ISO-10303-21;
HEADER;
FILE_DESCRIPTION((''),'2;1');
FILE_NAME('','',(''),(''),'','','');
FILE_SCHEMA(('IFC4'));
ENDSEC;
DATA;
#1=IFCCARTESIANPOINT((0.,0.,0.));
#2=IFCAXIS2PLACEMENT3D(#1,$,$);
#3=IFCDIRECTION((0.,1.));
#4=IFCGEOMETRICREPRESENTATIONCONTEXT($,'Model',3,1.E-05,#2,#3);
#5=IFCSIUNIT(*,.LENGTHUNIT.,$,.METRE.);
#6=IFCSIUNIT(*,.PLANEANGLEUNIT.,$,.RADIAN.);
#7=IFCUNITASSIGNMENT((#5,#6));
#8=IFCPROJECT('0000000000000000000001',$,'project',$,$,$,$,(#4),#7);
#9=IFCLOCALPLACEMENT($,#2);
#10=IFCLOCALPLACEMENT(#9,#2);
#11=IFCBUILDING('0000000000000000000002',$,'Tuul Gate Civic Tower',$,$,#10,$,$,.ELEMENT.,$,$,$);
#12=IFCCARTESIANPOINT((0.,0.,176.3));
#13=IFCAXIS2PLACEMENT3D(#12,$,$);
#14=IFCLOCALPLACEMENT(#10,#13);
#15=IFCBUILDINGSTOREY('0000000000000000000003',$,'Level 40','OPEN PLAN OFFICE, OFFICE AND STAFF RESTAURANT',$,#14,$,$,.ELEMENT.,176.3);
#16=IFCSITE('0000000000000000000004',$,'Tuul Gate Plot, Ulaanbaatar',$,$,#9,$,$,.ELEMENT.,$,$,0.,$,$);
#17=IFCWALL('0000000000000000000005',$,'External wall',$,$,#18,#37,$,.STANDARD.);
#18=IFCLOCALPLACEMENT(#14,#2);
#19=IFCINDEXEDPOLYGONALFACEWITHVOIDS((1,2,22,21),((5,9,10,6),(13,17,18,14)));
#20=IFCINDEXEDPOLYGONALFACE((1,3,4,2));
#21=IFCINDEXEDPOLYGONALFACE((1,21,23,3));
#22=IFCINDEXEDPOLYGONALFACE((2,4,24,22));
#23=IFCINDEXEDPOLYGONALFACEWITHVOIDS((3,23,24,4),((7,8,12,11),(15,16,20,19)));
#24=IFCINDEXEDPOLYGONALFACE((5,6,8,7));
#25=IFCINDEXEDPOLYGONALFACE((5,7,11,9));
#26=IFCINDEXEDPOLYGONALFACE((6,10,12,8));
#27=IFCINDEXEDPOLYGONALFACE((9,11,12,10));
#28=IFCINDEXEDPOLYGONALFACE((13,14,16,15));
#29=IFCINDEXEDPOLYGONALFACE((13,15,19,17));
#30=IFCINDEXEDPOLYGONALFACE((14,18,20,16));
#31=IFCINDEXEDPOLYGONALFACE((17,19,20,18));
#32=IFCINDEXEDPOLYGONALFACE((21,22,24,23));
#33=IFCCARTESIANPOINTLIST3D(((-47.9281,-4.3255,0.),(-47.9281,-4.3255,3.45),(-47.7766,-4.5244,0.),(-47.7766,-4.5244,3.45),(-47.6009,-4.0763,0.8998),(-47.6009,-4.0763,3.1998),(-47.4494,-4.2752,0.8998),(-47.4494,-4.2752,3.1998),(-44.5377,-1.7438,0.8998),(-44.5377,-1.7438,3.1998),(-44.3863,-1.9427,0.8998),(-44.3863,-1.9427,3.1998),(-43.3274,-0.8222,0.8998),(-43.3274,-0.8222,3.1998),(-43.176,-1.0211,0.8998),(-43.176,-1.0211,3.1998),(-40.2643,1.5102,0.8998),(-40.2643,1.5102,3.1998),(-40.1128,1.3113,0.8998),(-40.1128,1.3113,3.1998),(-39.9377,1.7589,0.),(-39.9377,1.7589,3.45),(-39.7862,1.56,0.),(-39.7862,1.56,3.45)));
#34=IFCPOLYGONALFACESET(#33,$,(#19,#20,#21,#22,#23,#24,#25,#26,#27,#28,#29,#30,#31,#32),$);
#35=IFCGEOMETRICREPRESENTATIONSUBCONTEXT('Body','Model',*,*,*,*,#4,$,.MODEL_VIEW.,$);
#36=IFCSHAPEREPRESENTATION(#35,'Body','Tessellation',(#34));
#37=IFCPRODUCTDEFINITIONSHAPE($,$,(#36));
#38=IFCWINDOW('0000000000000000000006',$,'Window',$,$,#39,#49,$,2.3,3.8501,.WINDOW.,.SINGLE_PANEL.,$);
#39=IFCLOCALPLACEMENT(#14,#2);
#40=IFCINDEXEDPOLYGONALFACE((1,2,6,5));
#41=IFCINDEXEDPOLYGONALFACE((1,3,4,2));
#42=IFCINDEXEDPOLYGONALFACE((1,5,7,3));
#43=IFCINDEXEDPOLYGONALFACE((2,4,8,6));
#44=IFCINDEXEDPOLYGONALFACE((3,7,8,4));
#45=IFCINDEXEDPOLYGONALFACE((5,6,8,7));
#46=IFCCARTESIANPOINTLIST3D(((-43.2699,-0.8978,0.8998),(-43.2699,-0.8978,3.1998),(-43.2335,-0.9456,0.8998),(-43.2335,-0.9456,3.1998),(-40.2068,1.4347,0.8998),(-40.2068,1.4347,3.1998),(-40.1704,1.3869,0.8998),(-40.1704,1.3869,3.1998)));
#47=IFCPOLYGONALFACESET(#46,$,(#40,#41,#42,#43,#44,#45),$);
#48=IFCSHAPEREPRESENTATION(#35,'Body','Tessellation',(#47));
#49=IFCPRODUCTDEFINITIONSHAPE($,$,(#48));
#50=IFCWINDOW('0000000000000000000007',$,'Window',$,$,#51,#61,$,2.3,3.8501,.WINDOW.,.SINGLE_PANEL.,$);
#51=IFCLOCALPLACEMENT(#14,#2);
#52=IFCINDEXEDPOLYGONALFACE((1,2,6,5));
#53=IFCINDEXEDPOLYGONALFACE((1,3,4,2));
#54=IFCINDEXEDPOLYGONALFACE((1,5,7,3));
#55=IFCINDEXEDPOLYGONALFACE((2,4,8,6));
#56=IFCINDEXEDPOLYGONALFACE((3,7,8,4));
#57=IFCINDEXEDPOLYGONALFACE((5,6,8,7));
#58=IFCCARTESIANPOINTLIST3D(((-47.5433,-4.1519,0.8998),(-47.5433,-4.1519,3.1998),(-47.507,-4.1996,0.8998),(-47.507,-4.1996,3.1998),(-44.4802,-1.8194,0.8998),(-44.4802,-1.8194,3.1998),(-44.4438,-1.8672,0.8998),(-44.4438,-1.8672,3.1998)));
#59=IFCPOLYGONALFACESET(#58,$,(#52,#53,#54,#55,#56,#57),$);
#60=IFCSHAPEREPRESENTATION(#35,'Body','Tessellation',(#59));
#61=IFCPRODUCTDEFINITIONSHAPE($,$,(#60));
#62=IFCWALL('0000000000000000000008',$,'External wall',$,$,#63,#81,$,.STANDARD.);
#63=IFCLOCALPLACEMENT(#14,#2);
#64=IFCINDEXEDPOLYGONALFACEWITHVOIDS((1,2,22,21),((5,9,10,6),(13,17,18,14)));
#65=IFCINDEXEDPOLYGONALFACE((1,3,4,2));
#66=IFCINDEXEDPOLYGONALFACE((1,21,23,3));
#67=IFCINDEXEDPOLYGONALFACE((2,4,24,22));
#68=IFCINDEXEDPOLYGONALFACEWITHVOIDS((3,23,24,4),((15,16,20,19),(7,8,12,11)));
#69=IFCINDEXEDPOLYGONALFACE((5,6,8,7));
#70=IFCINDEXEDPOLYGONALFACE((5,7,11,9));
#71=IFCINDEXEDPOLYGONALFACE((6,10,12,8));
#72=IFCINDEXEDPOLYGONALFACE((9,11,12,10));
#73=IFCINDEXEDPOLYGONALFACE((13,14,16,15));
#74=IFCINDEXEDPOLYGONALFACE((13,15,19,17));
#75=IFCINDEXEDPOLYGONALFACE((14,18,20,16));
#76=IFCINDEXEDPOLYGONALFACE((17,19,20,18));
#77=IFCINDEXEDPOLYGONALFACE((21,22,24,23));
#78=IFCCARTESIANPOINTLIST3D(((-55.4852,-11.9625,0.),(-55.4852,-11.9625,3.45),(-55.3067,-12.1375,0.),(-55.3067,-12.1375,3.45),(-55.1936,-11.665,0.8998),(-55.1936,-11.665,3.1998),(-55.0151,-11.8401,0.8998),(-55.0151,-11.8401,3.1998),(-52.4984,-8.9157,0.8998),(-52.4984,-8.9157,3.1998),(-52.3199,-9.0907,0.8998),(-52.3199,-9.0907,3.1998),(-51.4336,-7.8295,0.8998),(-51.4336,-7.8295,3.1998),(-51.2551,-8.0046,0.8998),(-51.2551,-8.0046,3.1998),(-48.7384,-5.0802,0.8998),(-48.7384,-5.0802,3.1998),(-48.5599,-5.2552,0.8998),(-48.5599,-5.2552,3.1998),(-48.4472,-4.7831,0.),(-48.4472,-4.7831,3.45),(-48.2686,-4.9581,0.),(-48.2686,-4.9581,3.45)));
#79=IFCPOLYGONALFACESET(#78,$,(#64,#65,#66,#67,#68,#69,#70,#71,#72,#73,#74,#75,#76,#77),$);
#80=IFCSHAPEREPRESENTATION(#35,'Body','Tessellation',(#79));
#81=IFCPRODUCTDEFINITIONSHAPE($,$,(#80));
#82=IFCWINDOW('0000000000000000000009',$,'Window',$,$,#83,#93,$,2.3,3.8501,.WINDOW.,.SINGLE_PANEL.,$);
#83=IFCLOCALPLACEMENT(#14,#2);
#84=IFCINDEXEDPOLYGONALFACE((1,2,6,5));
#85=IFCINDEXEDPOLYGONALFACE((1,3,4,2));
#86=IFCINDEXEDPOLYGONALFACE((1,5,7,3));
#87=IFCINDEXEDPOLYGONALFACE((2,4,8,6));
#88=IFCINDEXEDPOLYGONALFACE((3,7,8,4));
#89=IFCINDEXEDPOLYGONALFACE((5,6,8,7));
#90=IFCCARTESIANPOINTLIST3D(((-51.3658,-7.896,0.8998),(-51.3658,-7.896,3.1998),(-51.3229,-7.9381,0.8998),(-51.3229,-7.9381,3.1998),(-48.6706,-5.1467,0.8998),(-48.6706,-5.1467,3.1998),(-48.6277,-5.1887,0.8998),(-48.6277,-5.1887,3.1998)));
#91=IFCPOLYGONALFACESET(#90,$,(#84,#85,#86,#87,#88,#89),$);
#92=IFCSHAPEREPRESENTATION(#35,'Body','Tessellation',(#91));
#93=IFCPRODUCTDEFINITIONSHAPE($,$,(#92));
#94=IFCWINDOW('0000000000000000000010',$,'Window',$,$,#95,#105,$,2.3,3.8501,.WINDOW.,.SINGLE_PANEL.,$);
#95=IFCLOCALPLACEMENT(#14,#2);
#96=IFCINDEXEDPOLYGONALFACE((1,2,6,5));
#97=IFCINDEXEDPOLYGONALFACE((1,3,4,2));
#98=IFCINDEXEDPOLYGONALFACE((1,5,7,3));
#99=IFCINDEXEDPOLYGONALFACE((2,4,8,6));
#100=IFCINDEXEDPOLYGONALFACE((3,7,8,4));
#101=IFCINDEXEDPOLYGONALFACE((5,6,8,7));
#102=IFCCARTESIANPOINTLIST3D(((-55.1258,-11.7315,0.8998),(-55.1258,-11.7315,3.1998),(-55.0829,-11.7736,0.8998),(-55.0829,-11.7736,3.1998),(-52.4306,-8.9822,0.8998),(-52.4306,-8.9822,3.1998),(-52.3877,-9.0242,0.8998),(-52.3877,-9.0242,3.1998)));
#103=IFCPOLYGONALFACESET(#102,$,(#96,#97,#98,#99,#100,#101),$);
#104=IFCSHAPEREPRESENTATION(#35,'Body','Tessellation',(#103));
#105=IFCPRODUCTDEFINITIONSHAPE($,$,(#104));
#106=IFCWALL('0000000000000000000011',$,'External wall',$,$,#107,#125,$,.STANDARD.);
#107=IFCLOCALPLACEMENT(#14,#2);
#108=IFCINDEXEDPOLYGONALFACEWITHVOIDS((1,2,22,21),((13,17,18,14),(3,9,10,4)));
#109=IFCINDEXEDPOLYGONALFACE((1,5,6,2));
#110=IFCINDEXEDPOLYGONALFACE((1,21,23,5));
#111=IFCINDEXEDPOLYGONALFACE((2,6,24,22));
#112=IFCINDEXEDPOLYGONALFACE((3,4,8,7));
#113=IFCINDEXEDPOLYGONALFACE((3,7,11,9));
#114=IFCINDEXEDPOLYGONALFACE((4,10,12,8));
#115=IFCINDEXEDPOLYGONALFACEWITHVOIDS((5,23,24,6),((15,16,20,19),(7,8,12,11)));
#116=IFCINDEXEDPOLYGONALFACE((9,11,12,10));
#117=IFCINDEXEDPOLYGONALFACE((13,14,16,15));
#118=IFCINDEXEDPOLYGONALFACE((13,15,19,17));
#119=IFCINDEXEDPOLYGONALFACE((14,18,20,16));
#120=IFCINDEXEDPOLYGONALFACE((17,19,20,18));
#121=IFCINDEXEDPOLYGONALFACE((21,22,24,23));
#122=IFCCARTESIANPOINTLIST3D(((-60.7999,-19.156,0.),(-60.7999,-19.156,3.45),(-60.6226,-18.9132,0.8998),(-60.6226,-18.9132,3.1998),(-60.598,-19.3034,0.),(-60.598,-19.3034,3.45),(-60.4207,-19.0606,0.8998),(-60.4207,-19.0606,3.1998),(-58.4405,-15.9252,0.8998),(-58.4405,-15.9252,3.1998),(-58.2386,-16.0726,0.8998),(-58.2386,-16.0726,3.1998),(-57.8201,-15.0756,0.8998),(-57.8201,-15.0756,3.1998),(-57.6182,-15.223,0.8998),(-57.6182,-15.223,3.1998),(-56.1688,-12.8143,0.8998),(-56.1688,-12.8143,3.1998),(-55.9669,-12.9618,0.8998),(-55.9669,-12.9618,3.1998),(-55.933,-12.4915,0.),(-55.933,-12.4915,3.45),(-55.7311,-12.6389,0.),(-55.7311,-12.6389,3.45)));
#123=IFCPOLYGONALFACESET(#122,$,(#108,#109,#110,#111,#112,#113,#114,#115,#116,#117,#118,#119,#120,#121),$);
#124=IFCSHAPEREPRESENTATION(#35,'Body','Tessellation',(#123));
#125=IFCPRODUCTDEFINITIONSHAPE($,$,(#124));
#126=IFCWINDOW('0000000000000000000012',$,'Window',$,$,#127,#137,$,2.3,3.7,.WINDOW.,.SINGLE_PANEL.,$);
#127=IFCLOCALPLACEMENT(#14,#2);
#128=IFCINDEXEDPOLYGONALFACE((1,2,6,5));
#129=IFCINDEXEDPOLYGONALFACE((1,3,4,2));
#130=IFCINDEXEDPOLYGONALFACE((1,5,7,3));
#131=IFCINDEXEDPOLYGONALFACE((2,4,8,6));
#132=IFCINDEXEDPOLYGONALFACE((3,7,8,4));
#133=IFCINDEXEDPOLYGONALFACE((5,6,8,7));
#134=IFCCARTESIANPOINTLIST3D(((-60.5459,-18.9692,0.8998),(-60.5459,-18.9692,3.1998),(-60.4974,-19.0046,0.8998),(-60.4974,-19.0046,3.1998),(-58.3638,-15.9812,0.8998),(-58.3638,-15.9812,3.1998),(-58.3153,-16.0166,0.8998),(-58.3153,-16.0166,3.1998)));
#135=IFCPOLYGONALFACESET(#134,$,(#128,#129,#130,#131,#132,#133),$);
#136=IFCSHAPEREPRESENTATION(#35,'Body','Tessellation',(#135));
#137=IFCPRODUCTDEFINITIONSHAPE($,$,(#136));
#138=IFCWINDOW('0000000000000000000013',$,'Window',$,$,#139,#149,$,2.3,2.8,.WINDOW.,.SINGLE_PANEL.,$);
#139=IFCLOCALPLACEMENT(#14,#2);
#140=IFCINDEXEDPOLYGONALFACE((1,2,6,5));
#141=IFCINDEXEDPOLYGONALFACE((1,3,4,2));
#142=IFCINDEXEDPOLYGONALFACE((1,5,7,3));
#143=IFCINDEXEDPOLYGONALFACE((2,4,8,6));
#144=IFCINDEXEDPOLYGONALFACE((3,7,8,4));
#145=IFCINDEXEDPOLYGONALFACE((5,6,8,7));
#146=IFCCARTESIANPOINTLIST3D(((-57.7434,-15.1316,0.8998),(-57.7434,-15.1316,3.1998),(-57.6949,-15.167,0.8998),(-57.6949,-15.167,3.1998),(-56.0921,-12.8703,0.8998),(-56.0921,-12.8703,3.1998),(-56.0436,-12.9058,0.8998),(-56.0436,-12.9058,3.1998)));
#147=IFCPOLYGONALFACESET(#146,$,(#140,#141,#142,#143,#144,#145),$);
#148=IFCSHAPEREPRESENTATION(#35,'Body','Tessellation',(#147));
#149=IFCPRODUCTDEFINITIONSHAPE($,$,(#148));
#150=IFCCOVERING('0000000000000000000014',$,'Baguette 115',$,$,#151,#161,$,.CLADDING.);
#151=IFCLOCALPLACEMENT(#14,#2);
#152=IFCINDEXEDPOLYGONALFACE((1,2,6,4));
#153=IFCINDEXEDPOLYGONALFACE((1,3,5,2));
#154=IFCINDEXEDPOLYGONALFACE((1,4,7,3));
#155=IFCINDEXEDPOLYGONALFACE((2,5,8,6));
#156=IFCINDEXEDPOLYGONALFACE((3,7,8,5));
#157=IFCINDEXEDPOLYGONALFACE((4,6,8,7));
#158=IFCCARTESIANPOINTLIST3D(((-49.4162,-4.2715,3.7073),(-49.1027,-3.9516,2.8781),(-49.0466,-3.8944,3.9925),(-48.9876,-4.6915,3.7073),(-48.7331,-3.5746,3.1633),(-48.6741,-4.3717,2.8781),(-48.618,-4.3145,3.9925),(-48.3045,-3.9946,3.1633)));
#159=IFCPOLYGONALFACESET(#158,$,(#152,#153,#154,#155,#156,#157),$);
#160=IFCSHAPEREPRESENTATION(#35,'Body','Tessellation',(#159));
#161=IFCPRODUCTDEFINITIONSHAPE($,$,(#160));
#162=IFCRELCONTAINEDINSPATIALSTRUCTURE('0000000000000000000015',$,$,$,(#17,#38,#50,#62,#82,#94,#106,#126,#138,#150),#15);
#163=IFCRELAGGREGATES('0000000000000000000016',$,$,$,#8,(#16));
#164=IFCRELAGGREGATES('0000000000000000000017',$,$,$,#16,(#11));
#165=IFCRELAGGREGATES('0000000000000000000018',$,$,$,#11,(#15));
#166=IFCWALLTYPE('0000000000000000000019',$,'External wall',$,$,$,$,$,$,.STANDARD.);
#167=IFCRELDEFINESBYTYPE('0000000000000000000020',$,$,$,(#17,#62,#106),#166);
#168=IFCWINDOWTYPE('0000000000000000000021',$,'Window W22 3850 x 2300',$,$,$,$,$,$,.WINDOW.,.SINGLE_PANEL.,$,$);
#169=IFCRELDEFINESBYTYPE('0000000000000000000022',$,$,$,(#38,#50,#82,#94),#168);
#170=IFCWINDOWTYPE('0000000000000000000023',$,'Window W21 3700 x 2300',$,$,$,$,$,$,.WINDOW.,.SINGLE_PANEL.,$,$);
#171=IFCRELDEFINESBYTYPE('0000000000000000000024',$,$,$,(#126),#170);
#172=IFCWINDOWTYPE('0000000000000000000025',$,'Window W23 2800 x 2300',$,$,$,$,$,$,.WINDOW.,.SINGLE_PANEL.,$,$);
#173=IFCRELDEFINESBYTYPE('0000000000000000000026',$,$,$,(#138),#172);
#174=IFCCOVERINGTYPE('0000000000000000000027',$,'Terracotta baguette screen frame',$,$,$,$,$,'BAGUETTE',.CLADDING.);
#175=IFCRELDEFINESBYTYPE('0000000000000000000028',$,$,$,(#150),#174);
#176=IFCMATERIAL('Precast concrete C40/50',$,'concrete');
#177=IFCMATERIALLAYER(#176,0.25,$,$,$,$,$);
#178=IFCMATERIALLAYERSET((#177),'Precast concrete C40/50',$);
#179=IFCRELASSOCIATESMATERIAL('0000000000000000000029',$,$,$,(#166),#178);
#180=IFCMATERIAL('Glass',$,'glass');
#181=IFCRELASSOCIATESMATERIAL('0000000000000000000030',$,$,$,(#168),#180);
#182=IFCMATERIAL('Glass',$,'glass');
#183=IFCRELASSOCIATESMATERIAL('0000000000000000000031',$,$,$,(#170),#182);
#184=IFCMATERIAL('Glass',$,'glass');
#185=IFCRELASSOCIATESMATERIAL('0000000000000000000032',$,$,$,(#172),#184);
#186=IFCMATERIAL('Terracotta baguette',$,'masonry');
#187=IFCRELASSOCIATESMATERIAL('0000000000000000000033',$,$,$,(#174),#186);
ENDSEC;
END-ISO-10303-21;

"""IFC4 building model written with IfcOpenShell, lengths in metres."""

from ifc_helpers import new_model, si_unit, direction, frame, frame_2d, origin, origin_2d, place, context, subcontext, project, spatial, rectangle, extrude, material, layer, layer_set, material_profile, profile_set, type_object, element, fill, save


model = new_model("IFC4")

# Units and contexts
model_context = context("Model", 3, precision=1e-05, world=origin(), true_north=direction((0.0, 1.0)))
body_context = subcontext(model_context, "Body", "Model", "MODEL_VIEW")
ifc_project = project(units=[si_unit("LENGTHUNIT", "METRE"), si_unit("PLANEANGLEUNIT", "RADIAN")], contexts=[model_context])

# Site, building, storey
site_placement = place(None, origin())
site = spatial("IfcSite", under=ifc_project, at=site_placement, Name="Tuul Gate Plot, Ulaanbaatar", CompositionType="ELEMENT", RefElevation=0.0)
building_placement = place(site_placement, origin())
building = spatial("IfcBuilding", under=site, at=building_placement, Name="Tuul Gate Civic Tower", CompositionType="ELEMENT")
storey_placement = place(building_placement, frame((0.0, 0.0, 176.3)))
storey = spatial("IfcBuildingStorey", under=building, at=storey_placement, Name="Level 40", Description="OPEN PLAN OFFICE, OFFICE AND STAFF RESTAURANT", CompositionType="ELEMENT", Elevation=176.3)

# Walls, openings, windows
ifc_material_1 = material(Name="Precast concrete C40/50", Category="concrete")
ifc_layer_1 = layer(ifc_material_1, 0.25)
ifc_layer_set_1 = layer_set([ifc_layer_1], Name="Precast concrete C40/50")
wall_type_1 = type_object("IfcWallType", Name="External wall", PredefinedType="STANDARD", material=ifc_layer_set_1)
wall_1_placement = place(storey_placement, frame((-39.8621, 1.6594, 0.0), z_axis=(0.0, 0.0, 1.0), x_axis=(-0.7956, -0.605822, 0.0)))
wall_1 = element("IfcWall", 1, at=wall_1_placement, inside=storey, type_object=wall_type_1, Name="External wall", PredefinedType="STANDARD", context=body_context, shape_type="SweptSolid", body=[
    extrude(rectangle(XDim=10.0432, YDim=0.25, at=frame_2d((5.0215, 0.0))), origin(), (0.0, 0.0, 1.0), 3.45),
])
opening_1_placement = place(wall_1_placement, frame((0.4104, 0.0, 0.8999)))
opening_1 = element("IfcOpeningElement", 2, at=opening_1_placement, cuts=wall_1, PredefinedType="OPENING", context=body_context, shape_type="SweptSolid", body=[
    extrude(rectangle(XDim=3.8501, YDim=2.3, at=frame_2d((1.925, 1.1499))), frame((0.0, 0.135, 0.0), z_axis=(0.0, -1.0, 0.0), x_axis=(1.0, 0.0, 0.0)), (0.0, 0.0, 1.0), 0.27),
])
opening_2_placement = place(wall_1_placement, frame((5.7817, 0.0, 0.8999)))
opening_2 = element("IfcOpeningElement", 3, at=opening_2_placement, cuts=wall_1, PredefinedType="OPENING", context=body_context, shape_type="SweptSolid", body=[
    extrude(rectangle(XDim=3.8501, YDim=2.3, at=frame_2d((1.925, 1.1499))), frame((0.0, 0.135, 0.0), z_axis=(0.0, -1.0, 0.0), x_axis=(1.0, 0.0, 0.0)), (0.0, 0.0, 1.0), 0.27),
])
ifc_material_2 = material(Name="Glass", Category="glass")
window_type_1 = type_object("IfcWindowType", Name="Window W22 3850 x 2300", PartitioningType="SINGLE_PANEL", PredefinedType="WINDOW", material=ifc_material_2)
window_1_placement = place(opening_1_placement, origin())
window_1 = element("IfcWindow", 4, at=window_1_placement, inside=storey, type_object=window_type_1, Name="Window", OverallHeight=2.3, OverallWidth=3.8501, PartitioningType="SINGLE_PANEL", PredefinedType="WINDOW", context=body_context, shape_type="SweptSolid", body=[
    extrude(rectangle(XDim=3.8501, YDim=2.3, at=frame_2d((1.925, 1.1499))), frame((0.0, 0.03, 0.0), z_axis=(0.0, -1.0, 0.0), x_axis=(1.0, 0.0, 0.0)), (0.0, 0.0, 1.0), 0.0601),
])
fill(opening_1, window_1)
window_2_placement = place(opening_2_placement, origin())
window_2 = element("IfcWindow", 5, at=window_2_placement, inside=storey, type_object=window_type_1, Name="Window", OverallHeight=2.3, OverallWidth=3.8501, PartitioningType="SINGLE_PANEL", PredefinedType="WINDOW", context=body_context, shape_type="SweptSolid", body=[
    extrude(rectangle(XDim=3.8501, YDim=2.3, at=frame_2d((1.925, 1.1499))), frame((0.0, 0.03, 0.0), z_axis=(0.0, -1.0, 0.0), x_axis=(1.0, 0.0, 0.0)), (0.0, 0.0, 1.0), 0.0601),
])
fill(opening_2, window_2)
wall_2_placement = place(storey_placement, frame((-48.3579, -4.8706, 0.0), z_axis=(0.0, 0.0, 1.0), x_axis=(-0.700042, -0.714102, 0.0)))
wall_2 = element("IfcWall", 6, at=wall_2_placement, inside=storey, type_object=wall_type_1, Name="External wall", PredefinedType="STANDARD", context=body_context, shape_type="SweptSolid", body=[
    extrude(rectangle(XDim=10.0537, YDim=0.25, at=frame_2d((5.0269, 0.0))), origin(), (0.0, 0.0, 1.0), 3.45),
])
opening_3_placement = place(wall_2_placement, frame((0.416, 0.0, 0.8999)))
opening_3 = element("IfcOpeningElement", 7, at=opening_3_placement, cuts=wall_2, PredefinedType="OPENING", context=body_context, shape_type="SweptSolid", body=[
    extrude(rectangle(XDim=3.8501, YDim=2.3, at=frame_2d((1.925, 1.1499))), frame((0.0, 0.135, 0.0), z_axis=(0.0, -1.0, 0.0), x_axis=(1.0, 0.0, 0.0)), (0.0, 0.0, 1.0), 0.27),
])
opening_4_placement = place(wall_2_placement, frame((5.7871, 0.0, 0.8999)))
opening_4 = element("IfcOpeningElement", 8, at=opening_4_placement, cuts=wall_2, PredefinedType="OPENING", context=body_context, shape_type="SweptSolid", body=[
    extrude(rectangle(XDim=3.8501, YDim=2.3, at=frame_2d((1.925, 1.1499))), frame((0.0, 0.135, 0.0), z_axis=(0.0, -1.0, 0.0), x_axis=(1.0, 0.0, 0.0)), (0.0, 0.0, 1.0), 0.27),
])
window_3_placement = place(opening_3_placement, origin())
window_3 = element("IfcWindow", 9, at=window_3_placement, inside=storey, type_object=window_type_1, Name="Window", OverallHeight=2.3, OverallWidth=3.8501, PartitioningType="SINGLE_PANEL", PredefinedType="WINDOW", context=body_context, shape_type="SweptSolid", body=[
    extrude(rectangle(XDim=3.8501, YDim=2.3, at=frame_2d((1.925, 1.1499))), frame((0.0, 0.03, 0.0), z_axis=(0.0, -1.0, 0.0), x_axis=(1.0, 0.0, 0.0)), (0.0, 0.0, 1.0), 0.0601),
])
fill(opening_3, window_3)
window_4_placement = place(opening_4_placement, origin())
window_4 = element("IfcWindow", 10, at=window_4_placement, inside=storey, type_object=window_type_1, Name="Window", OverallHeight=2.3, OverallWidth=3.8501, PartitioningType="SINGLE_PANEL", PredefinedType="WINDOW", context=body_context, shape_type="SweptSolid", body=[
    extrude(rectangle(XDim=3.8501, YDim=2.3, at=frame_2d((1.925, 1.1499))), frame((0.0, 0.03, 0.0), z_axis=(0.0, -1.0, 0.0), x_axis=(1.0, 0.0, 0.0)), (0.0, 0.0, 1.0), 0.0601),
])
fill(opening_4, window_4)
wall_3_placement = place(storey_placement, frame((-55.832, -12.5652, 0.0), z_axis=(0.0, 0.0, 1.0), x_axis=(-0.589755, -0.807582, 0.0)))
wall_3 = element("IfcWall", 11, at=wall_3_placement, inside=storey, type_object=wall_type_1, Name="External wall", PredefinedType="STANDARD", context=body_context, shape_type="SweptSolid", body=[
    extrude(rectangle(XDim=8.2524, YDim=0.25, at=frame_2d((4.1262, 0.0))), origin(), (0.0, 0.0, 1.0), 3.45),
])
opening_5_placement = place(wall_3_placement, frame((0.3999, 0.0, 0.8999)))
opening_5 = element("IfcOpeningElement", 12, at=opening_5_placement, cuts=wall_3, PredefinedType="OPENING", context=body_context, shape_type="SweptSolid", body=[
    extrude(rectangle(XDim=2.8, YDim=2.3, at=frame_2d((1.3999, 1.1499))), frame((0.0, 0.135, 0.0), z_axis=(0.0, -1.0, 0.0), x_axis=(1.0, 0.0, 0.0)), (0.0, 0.0, 1.0), 0.27),
])
opening_6_placement = place(wall_3_placement, frame((4.2517, 0.0, 0.8999)))
opening_6 = element("IfcOpeningElement", 13, at=opening_6_placement, cuts=wall_3, PredefinedType="OPENING", context=body_context, shape_type="SweptSolid", body=[
    extrude(rectangle(XDim=3.7, YDim=2.3, at=frame_2d((1.8501, 1.1499))), frame((0.0, 0.135, 0.0), z_axis=(0.0, -1.0, 0.0), x_axis=(1.0, 0.0, 0.0)), (0.0, 0.0, 1.0), 0.27),
])
ifc_material_3 = material(Name="Glass", Category="glass")
window_type_2 = type_object("IfcWindowType", Name="Window W21 3700 x 2300", PartitioningType="SINGLE_PANEL", PredefinedType="WINDOW", material=ifc_material_3)
window_5_placement = place(opening_6_placement, origin())
window_5 = element("IfcWindow", 14, at=window_5_placement, inside=storey, type_object=window_type_2, Name="Window", OverallHeight=2.3, OverallWidth=3.7, PartitioningType="SINGLE_PANEL", PredefinedType="WINDOW", context=body_context, shape_type="SweptSolid", body=[
    extrude(rectangle(XDim=3.7, YDim=2.3, at=frame_2d((1.8501, 1.1499))), frame((0.0, 0.03, 0.0), z_axis=(0.0, -1.0, 0.0), x_axis=(1.0, 0.0, 0.0)), (0.0, 0.0, 1.0), 0.0601),
])
fill(opening_6, window_5)
ifc_material_4 = material(Name="Glass", Category="glass")
window_type_3 = type_object("IfcWindowType", Name="Window W23 2800 x 2300", PartitioningType="SINGLE_PANEL", PredefinedType="WINDOW", material=ifc_material_4)
window_6_placement = place(opening_5_placement, origin())
window_6 = element("IfcWindow", 15, at=window_6_placement, inside=storey, type_object=window_type_3, Name="Window", OverallHeight=2.3, OverallWidth=2.8, PartitioningType="SINGLE_PANEL", PredefinedType="WINDOW", context=body_context, shape_type="SweptSolid", body=[
    extrude(rectangle(XDim=2.8, YDim=2.3, at=frame_2d((1.3999, 1.1499))), frame((0.0, 0.03, 0.0), z_axis=(0.0, -1.0, 0.0), x_axis=(1.0, 0.0, 0.0)), (0.0, 0.0, 1.0), 0.0601),
])
fill(opening_5, window_6)

# Covering
ifc_material_5 = material(Name="Terracotta baguette", Category="masonry")
ifc_material_profile_1 = material_profile(ifc_material_5, rectangle(XDim=0.6001, YDim=0.6001, at=origin_2d()), Name="Terracotta baguette screen frame")
ifc_profile_set_1 = profile_set([ifc_material_profile_1], Name="Terracotta baguette")
covering_type = type_object("IfcCoveringType", Name="Terracotta baguette screen frame", ElementType="BAGUETTE", PredefinedType="CLADDING", material=ifc_profile_set_1)
covering_1_placement = place(storey_placement, frame((-49.0171, -4.293, 3.8499), z_axis=(0.332665, 0.339401, -0.879853), x_axis=(-0.714158, 0.699984, 0.0)))
element("IfcCovering", 16, at=covering_1_placement, inside=storey, type_object=covering_type, Name="Baguette 115", PredefinedType="CLADDING", context=body_context, shape_type="SweptSolid", body=[
    extrude(rectangle(XDim=0.6001, YDim=0.6001, at=origin_2d()), origin(), (0.0, 0.0, 1.0), 0.9424),
])

save(model, "model.ifc")
